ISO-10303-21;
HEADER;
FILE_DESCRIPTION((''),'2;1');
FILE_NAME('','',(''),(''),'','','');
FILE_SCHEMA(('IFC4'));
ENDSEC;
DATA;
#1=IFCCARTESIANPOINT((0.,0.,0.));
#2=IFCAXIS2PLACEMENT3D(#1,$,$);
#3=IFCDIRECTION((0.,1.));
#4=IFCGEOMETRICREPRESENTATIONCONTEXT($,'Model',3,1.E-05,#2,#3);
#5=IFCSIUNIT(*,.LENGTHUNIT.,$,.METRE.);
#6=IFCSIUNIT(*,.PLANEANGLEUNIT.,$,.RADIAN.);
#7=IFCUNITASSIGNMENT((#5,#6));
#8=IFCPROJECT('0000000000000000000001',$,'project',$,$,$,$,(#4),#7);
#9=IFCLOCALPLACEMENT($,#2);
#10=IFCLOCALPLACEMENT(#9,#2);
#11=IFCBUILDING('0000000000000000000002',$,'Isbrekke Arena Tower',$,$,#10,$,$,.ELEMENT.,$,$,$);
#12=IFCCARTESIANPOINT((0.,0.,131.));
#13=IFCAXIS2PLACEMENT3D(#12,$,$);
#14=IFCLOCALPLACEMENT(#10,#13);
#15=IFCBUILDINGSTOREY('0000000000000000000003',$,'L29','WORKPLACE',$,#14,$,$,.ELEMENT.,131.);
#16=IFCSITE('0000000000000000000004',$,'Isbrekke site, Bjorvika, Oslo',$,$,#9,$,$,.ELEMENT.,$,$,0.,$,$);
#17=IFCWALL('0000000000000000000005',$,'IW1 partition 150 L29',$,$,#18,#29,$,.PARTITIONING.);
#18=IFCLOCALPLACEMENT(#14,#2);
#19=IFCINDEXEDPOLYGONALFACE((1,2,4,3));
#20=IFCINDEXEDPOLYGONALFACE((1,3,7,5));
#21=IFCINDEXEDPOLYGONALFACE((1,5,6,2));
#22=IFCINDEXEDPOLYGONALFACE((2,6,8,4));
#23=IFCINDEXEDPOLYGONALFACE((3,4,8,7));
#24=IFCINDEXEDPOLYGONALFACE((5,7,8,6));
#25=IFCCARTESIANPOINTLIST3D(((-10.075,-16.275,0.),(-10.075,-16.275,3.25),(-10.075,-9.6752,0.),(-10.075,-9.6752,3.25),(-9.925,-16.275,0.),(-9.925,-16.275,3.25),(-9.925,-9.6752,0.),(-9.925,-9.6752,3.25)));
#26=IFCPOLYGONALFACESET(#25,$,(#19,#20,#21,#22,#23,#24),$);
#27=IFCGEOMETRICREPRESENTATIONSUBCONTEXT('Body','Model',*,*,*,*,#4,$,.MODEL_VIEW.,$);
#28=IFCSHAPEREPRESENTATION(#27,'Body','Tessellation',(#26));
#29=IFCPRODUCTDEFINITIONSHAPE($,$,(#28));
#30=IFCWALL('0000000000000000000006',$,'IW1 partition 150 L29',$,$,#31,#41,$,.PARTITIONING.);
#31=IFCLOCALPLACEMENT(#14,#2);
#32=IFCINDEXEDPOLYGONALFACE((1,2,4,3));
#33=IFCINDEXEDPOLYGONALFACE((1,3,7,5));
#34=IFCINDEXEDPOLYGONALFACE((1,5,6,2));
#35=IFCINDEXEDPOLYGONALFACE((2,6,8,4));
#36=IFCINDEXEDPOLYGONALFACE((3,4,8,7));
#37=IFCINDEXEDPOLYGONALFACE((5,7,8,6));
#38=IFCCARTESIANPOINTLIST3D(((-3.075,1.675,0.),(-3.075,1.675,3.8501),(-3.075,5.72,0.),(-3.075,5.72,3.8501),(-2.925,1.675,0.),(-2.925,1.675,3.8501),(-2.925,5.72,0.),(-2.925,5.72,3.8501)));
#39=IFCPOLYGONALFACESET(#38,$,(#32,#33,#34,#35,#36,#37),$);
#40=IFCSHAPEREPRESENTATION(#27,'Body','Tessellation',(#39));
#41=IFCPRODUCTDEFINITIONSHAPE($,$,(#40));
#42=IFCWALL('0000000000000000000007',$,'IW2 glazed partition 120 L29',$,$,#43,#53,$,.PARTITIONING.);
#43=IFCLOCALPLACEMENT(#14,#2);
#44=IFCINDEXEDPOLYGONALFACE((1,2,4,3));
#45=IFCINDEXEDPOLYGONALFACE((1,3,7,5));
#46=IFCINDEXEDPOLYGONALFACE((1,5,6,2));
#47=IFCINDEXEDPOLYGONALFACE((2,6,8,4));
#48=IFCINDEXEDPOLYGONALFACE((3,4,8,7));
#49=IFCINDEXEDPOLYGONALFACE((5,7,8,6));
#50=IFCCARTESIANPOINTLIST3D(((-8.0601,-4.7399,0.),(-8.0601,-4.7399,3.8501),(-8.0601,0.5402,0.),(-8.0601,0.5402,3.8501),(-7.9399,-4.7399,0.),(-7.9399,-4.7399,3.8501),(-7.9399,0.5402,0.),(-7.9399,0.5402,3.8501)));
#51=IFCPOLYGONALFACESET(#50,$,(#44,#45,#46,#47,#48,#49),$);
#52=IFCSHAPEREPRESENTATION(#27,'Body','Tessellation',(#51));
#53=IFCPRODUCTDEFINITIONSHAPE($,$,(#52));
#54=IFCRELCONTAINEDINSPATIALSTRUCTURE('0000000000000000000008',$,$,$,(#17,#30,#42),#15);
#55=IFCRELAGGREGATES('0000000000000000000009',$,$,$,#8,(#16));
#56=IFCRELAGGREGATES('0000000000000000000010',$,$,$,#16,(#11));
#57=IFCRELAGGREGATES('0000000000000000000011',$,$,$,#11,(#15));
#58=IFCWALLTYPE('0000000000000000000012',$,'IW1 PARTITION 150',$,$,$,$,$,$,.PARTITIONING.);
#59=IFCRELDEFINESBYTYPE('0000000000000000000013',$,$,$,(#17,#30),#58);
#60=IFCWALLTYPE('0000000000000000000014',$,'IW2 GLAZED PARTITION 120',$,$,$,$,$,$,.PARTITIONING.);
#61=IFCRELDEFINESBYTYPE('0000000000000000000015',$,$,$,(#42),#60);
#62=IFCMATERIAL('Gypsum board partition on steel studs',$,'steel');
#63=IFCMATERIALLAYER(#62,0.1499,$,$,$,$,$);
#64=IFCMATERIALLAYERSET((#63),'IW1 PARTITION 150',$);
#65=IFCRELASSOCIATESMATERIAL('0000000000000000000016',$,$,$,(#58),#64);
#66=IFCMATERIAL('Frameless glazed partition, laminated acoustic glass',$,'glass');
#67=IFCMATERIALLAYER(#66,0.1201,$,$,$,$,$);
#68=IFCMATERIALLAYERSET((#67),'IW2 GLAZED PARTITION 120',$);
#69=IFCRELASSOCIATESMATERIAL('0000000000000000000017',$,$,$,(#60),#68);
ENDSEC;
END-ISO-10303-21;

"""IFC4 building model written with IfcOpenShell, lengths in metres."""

from ifc_helpers import new_model, si_unit, direction, frame, frame_2d, origin, place, context, subcontext, project, spatial, rectangle, extrude, material, layer, layer_set, type_object, element, save


model = new_model("IFC4")

# Units and contexts
model_context = context("Model", 3, precision=1e-05, world=origin(), true_north=direction((0.0, 1.0)))
body_context = subcontext(model_context, "Body", "Model", "MODEL_VIEW")
ifc_project = project(units=[si_unit("LENGTHUNIT", "METRE"), si_unit("PLANEANGLEUNIT", "RADIAN")], contexts=[model_context])

# Site, building, storey
site_placement = place(None, origin())
site = spatial("IfcSite", under=ifc_project, at=site_placement, Name="Isbrekke site, Bjorvika, Oslo", CompositionType="ELEMENT", RefElevation=0.0)
building_placement = place(site_placement, origin())
building = spatial("IfcBuilding", under=site, at=building_placement, Name="Isbrekke Arena Tower", CompositionType="ELEMENT")
storey_placement = place(building_placement, frame((0.0, 0.0, 131.0)))
storey = spatial("IfcBuildingStorey", under=building, at=storey_placement, Name="L29", Description="WORKPLACE", CompositionType="ELEMENT", Elevation=131.0)

# Shared definitions
ifc_material_1 = material(Name="Gypsum board partition on steel studs", Category="steel")
ifc_layer_1 = layer(ifc_material_1, 0.1499)
ifc_layer_set_1 = layer_set([ifc_layer_1], Name="IW1 PARTITION 150")
wall_type_1 = type_object("IfcWallType", Name="IW1 PARTITION 150", PredefinedType="PARTITIONING", material=ifc_layer_set_1)

# Walls
wall_1_placement = place(storey_placement, frame((-10.0, -16.2749, 0.0), z_axis=(0.0, 0.0, 1.0), x_axis=(0.0, 1.0, 0.0)))
element("IfcWall", 1, at=wall_1_placement, inside=storey, type_object=wall_type_1, Name="IW1 partition 150 L29", PredefinedType="PARTITIONING", context=body_context, shape_type="SweptSolid", body=[
    extrude(rectangle(XDim=6.5999, YDim=0.1499, at=frame_2d((3.2998, 0.0))), origin(), (0.0, 0.0, 1.0), 3.25),
])
wall_2_placement = place(storey_placement, frame((-3.0, 1.675, 0.0), z_axis=(0.0, 0.0, 1.0), x_axis=(0.0, 1.0, 0.0)))
element("IfcWall", 2, at=wall_2_placement, inside=storey, type_object=wall_type_1, Name="IW1 partition 150 L29", PredefinedType="PARTITIONING", context=body_context, shape_type="SweptSolid", body=[
    extrude(rectangle(XDim=4.0449, YDim=0.1499, at=frame_2d((2.0225, 0.0))), origin(), (0.0, 0.0, 1.0), 3.8501),
])
ifc_material_2 = material(Name="Frameless glazed partition, laminated acoustic glass", Category="glass")
ifc_layer_2 = layer(ifc_material_2, 0.1201)
ifc_layer_set_2 = layer_set([ifc_layer_2], Name="IW2 GLAZED PARTITION 120")
wall_type_2 = type_object("IfcWallType", Name="IW2 GLAZED PARTITION 120", PredefinedType="PARTITIONING", material=ifc_layer_set_2)
wall_3_placement = place(storey_placement, frame((-8.0, -4.74, 0.0), z_axis=(0.0, 0.0, 1.0), x_axis=(0.0, 1.0, 0.0)))
element("IfcWall", 3, at=wall_3_placement, inside=storey, type_object=wall_type_2, Name="IW2 glazed partition 120 L29", PredefinedType="PARTITIONING", context=body_context, shape_type="SweptSolid", body=[
    extrude(rectangle(XDim=5.28, YDim=0.1201, at=frame_2d((2.6401, 0.0))), origin(), (0.0, 0.0, 1.0), 3.8501),
])

save(model, "model.ifc")
